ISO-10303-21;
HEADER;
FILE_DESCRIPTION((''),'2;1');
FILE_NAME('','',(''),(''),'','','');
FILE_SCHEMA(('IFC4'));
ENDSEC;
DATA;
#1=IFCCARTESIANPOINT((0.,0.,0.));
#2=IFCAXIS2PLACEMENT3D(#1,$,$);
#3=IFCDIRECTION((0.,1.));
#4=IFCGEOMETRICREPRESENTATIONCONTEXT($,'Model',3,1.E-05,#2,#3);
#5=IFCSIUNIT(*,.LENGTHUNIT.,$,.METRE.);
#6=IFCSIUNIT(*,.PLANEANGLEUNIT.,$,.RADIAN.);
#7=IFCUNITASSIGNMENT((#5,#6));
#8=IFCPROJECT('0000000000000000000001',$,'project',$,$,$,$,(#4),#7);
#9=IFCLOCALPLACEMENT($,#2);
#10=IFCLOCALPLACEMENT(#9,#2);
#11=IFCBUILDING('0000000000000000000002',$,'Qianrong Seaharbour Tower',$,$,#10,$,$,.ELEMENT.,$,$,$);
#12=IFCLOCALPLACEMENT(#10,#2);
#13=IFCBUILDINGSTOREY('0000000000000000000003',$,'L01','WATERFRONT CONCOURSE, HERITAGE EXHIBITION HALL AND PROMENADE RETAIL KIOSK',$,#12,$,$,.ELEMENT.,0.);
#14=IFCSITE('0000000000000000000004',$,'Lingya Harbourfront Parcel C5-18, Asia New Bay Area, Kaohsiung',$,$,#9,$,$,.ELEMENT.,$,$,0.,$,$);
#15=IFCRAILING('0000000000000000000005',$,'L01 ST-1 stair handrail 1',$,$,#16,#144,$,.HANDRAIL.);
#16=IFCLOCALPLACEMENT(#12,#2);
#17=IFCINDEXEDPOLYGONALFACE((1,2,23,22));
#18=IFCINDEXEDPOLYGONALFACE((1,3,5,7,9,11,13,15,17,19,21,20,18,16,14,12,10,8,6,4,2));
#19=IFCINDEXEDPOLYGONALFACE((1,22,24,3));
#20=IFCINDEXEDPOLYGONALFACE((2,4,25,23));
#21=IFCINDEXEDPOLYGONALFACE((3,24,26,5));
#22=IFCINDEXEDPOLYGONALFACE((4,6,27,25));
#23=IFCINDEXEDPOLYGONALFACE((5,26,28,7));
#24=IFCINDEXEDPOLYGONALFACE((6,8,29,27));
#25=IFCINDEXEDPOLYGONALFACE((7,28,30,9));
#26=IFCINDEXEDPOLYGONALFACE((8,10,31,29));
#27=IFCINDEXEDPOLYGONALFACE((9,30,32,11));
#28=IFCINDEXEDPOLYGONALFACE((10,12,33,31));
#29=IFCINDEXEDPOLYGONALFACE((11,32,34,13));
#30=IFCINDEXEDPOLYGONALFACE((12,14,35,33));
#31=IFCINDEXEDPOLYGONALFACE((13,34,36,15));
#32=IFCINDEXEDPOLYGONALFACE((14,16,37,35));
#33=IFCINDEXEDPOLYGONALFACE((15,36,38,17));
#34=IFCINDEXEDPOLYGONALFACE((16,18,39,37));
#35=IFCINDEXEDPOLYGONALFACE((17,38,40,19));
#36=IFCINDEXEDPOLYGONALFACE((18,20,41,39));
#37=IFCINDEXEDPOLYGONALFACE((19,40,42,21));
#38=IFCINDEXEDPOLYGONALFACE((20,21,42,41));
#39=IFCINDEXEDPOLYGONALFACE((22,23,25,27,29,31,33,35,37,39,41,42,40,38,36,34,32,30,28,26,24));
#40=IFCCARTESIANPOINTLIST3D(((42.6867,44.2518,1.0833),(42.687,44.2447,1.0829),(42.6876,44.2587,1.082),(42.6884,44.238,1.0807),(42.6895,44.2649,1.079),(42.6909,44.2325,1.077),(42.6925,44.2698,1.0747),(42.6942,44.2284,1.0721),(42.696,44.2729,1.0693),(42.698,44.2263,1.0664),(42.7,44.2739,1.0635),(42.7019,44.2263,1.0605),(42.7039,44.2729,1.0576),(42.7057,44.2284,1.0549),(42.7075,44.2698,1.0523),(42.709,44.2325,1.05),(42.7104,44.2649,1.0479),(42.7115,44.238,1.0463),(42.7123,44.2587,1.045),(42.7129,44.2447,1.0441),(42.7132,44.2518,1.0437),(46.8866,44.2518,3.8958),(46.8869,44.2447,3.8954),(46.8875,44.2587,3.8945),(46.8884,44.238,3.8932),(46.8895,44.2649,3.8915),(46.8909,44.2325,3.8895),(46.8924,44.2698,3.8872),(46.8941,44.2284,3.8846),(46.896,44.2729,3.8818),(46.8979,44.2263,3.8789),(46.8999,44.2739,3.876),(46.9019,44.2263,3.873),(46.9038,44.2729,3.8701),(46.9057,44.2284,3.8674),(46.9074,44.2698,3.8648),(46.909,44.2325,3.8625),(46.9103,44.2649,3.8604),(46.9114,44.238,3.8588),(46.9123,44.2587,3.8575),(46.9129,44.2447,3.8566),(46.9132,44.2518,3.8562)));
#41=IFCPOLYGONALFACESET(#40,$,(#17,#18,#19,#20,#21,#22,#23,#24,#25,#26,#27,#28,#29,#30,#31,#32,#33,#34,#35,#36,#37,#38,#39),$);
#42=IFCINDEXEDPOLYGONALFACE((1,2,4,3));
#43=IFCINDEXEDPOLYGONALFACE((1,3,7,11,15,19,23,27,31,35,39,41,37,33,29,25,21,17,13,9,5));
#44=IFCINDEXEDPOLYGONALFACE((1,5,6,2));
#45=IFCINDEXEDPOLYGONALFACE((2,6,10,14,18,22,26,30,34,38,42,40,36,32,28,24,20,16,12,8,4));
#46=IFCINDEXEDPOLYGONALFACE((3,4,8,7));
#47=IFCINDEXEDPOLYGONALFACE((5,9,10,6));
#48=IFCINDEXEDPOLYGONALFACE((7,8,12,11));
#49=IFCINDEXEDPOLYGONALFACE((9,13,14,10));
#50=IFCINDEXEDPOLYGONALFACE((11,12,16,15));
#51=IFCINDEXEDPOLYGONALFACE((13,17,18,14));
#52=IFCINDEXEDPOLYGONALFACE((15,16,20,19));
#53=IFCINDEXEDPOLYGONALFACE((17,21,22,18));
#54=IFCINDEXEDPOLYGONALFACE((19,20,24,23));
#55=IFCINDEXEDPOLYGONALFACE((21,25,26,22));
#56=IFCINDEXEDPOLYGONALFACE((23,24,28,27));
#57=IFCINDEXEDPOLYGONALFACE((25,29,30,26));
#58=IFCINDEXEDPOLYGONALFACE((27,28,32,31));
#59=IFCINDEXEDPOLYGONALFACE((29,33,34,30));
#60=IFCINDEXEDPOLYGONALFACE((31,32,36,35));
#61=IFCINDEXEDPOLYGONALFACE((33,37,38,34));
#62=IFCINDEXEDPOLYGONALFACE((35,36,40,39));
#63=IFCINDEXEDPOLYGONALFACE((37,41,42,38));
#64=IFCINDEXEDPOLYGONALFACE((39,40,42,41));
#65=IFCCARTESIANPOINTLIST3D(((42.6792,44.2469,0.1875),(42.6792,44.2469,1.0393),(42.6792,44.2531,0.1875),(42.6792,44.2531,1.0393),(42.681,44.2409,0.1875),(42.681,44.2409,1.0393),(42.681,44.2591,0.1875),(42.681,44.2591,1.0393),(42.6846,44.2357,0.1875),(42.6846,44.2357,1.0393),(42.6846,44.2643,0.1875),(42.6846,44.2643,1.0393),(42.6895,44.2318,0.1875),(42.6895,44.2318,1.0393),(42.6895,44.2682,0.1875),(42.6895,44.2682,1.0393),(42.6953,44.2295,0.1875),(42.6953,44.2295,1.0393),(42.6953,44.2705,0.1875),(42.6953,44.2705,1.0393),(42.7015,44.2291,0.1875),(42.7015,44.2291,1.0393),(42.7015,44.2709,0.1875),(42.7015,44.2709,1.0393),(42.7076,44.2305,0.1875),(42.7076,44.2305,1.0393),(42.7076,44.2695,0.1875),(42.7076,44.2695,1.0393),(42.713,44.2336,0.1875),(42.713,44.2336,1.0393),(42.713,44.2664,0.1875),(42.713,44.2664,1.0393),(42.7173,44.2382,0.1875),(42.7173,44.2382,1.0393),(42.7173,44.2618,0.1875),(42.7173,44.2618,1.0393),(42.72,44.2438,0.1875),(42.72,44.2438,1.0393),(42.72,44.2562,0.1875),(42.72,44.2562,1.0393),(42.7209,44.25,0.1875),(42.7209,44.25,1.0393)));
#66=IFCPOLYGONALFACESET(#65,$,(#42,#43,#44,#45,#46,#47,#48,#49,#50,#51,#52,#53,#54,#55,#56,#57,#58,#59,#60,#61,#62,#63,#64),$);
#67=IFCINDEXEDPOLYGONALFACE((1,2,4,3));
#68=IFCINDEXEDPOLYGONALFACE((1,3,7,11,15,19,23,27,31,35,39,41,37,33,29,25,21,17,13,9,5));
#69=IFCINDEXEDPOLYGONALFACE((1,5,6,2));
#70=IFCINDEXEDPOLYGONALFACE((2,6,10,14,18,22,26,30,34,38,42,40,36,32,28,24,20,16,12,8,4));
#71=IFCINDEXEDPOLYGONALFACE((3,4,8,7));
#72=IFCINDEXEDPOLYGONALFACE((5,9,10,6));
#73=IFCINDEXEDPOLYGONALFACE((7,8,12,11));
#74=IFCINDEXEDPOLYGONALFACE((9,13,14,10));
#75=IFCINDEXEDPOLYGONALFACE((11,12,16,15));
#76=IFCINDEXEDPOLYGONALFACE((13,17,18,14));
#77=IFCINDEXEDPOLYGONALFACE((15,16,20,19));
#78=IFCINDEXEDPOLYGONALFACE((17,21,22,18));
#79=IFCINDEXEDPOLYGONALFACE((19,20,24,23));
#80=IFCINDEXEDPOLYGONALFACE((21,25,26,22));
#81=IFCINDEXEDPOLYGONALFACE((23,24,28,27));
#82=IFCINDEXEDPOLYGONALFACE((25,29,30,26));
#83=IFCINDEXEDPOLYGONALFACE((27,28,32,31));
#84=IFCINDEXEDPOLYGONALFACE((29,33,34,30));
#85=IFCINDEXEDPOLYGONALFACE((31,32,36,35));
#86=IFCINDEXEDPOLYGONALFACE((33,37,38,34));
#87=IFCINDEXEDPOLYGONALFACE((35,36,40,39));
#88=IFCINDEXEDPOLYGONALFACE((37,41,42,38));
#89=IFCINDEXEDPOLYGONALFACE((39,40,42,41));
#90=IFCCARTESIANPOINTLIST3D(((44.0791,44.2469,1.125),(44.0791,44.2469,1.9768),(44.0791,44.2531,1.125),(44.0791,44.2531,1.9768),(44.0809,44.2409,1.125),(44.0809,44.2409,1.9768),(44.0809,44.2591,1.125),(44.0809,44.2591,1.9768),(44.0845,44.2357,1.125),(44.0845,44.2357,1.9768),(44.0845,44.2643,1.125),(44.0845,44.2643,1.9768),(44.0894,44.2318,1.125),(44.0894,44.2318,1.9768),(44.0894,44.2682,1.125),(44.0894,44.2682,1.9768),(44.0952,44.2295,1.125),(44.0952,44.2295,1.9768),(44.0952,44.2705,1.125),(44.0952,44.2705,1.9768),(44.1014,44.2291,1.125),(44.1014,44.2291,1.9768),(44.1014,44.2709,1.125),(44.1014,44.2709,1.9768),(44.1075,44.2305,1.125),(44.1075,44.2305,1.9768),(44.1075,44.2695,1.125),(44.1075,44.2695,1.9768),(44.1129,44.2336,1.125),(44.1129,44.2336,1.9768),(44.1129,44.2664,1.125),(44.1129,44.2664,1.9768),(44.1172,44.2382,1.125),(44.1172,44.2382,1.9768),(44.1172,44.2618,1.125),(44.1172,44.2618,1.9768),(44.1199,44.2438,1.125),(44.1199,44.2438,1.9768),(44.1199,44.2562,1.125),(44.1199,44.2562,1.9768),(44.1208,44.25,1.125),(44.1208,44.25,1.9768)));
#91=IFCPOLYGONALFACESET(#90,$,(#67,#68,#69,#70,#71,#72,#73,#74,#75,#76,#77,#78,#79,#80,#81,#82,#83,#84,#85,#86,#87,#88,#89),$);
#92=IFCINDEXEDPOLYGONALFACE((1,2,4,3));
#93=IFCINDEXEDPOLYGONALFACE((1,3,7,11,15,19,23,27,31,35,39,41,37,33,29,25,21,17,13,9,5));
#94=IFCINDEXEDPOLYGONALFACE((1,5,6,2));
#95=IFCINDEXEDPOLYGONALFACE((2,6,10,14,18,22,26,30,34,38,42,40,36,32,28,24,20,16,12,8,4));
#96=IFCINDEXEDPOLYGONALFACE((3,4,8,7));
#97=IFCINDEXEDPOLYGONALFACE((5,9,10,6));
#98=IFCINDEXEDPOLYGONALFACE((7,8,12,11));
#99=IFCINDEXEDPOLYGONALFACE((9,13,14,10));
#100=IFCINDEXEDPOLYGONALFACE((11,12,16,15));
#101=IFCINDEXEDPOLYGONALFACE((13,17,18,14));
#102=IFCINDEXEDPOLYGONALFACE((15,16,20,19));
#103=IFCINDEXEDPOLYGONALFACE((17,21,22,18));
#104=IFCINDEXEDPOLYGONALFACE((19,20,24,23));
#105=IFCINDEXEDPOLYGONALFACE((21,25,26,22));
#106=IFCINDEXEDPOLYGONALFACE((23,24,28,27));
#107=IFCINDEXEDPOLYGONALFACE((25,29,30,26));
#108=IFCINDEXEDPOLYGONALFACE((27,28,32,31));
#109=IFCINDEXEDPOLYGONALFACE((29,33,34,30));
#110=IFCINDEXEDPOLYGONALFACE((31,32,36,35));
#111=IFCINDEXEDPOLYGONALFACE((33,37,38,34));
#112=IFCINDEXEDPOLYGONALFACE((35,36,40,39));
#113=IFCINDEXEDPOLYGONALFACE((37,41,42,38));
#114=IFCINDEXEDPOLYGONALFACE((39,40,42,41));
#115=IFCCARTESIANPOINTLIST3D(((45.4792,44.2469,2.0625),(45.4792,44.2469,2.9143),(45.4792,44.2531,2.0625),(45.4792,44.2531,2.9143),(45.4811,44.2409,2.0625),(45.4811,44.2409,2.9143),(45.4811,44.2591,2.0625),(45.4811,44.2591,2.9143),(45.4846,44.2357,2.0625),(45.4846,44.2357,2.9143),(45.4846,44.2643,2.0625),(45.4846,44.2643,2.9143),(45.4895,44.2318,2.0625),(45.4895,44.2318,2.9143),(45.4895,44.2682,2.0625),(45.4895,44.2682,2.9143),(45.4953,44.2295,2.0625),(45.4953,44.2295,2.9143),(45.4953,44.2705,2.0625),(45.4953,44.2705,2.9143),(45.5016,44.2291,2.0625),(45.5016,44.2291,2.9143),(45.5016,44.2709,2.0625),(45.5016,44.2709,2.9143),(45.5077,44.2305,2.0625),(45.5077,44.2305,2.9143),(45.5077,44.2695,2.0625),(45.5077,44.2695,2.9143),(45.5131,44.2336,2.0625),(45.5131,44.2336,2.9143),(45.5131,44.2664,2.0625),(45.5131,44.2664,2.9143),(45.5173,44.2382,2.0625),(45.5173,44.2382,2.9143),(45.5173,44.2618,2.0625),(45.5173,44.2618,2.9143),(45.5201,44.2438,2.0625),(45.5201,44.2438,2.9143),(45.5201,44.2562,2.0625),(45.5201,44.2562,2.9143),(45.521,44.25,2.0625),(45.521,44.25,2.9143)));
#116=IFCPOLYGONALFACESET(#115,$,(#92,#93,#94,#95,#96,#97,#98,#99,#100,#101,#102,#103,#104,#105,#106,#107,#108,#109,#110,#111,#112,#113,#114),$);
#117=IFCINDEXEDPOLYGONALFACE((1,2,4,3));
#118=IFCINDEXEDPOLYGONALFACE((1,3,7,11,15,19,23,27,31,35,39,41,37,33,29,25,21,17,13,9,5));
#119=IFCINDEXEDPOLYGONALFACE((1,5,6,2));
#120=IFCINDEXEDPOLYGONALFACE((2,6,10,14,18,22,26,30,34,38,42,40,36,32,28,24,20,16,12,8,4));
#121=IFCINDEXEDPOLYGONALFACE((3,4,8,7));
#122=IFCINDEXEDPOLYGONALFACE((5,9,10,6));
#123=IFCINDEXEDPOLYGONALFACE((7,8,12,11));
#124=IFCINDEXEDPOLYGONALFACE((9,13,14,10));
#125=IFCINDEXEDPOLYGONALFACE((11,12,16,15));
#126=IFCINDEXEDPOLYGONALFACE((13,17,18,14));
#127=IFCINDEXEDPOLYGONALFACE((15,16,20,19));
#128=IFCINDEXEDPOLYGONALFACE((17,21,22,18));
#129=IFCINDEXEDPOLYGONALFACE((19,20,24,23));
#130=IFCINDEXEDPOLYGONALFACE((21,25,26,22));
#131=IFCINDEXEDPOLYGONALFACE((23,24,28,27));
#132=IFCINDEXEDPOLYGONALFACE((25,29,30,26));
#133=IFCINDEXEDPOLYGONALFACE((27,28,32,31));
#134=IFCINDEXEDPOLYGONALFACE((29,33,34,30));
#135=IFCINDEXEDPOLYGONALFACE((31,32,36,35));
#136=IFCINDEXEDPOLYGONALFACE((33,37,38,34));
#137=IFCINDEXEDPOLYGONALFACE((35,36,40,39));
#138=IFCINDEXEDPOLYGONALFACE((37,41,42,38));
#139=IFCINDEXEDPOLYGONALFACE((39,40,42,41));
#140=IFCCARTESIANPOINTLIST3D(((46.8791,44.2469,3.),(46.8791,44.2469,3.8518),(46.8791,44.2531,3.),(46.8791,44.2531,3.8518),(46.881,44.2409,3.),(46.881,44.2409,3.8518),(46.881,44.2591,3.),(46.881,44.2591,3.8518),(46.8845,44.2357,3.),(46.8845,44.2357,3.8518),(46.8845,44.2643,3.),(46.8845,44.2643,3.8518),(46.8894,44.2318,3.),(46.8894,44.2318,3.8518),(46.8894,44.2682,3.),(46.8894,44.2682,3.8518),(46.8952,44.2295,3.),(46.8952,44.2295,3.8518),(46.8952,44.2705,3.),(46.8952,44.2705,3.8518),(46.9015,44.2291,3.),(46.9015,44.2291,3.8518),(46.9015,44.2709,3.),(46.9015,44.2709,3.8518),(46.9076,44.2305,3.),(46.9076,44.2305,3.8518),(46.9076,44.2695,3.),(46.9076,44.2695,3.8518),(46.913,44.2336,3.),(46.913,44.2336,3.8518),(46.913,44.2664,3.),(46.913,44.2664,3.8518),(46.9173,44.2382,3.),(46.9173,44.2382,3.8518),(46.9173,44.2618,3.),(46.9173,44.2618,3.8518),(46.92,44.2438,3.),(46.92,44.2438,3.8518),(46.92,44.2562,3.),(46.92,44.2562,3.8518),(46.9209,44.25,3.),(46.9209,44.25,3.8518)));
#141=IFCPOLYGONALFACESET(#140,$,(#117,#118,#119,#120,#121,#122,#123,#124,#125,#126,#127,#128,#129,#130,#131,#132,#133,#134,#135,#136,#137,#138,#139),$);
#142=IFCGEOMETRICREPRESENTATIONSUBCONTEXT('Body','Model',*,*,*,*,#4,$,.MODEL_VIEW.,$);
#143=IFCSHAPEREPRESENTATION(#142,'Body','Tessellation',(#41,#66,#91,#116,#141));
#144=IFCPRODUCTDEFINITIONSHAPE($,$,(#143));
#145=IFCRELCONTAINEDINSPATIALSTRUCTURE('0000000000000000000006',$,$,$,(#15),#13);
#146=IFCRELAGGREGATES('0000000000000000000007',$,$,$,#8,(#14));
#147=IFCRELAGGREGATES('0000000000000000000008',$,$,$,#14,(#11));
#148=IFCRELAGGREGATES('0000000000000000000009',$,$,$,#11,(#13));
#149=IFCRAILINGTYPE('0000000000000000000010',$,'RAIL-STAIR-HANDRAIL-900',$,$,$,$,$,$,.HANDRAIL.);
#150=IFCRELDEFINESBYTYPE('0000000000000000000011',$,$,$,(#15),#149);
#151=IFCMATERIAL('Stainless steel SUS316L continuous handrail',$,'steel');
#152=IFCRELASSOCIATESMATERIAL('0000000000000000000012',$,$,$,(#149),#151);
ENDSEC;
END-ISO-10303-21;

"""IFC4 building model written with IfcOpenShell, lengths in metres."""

from ifc_helpers import new_model, si_unit, direction, frame, origin, origin_2d, place, context, subcontext, project, spatial, circle, extrude, material, type_object, element, save


model = new_model("IFC4")

# Units and contexts
model_context = context("Model", 3, precision=1e-05, world=origin(), true_north=direction((0.0, 1.0)))
body_context = subcontext(model_context, "Body", "Model", "MODEL_VIEW")
ifc_project = project(units=[si_unit("LENGTHUNIT", "METRE"), si_unit("PLANEANGLEUNIT", "RADIAN")], contexts=[model_context])

# Site, building, storey
site_placement = place(None, origin())
site = spatial("IfcSite", under=ifc_project, at=site_placement, Name="Lingya Harbourfront Parcel C5-18, Asia New Bay Area, Kaohsiung", CompositionType="ELEMENT", RefElevation=0.0)
building_placement = place(site_placement, origin())
building = spatial("IfcBuilding", under=site, at=building_placement, Name="Qianrong Seaharbour Tower", CompositionType="ELEMENT")
storey_placement = place(building_placement, origin())
storey = spatial("IfcBuildingStorey", under=building, at=storey_placement, Name="L01", Description="WATERFRONT CONCOURSE, HERITAGE EXHIBITION HALL AND PROMENADE RETAIL KIOSK", CompositionType="ELEMENT", Elevation=0.0)

# Railing
ifc_material_1 = material(Name="Stainless steel SUS316L continuous handrail", Category="steel")
railing_type_1 = type_object("IfcRailingType", Name="RAIL-STAIR-HANDRAIL-900", PredefinedType="HANDRAIL", material=ifc_material_1)
railing_1_placement = place(storey_placement, frame((42.7, 44.25, 0.1875)))
element("IfcRailing", 1, at=railing_1_placement, inside=storey, type_object=railing_type_1, Name="L01 ST-1 stair handrail 1", PredefinedType="HANDRAIL", context=body_context, shape_type="SweptSolid", body=[
    extrude(circle(Radius=0.0239, at=origin_2d()), frame((0.0, 0.0, 0.876), z_axis=(0.830904, 0.0, 0.556416), x_axis=(0.0, 1.0, 0.0)), (0.0, 0.0, 1.0), 5.0547),
    extrude(circle(Radius=0.021, at=origin_2d()), origin(), (0.0, 0.0, 1.0), 0.8518),
    extrude(circle(Radius=0.021, at=origin_2d()), frame((1.3999, 0.0, 0.9375)), (0.0, 0.0, 1.0), 0.8518),
    extrude(circle(Radius=0.021, at=origin_2d()), frame((2.8, 0.0, 1.875)), (0.0, 0.0, 1.0), 0.8518),
    extrude(circle(Radius=0.021, at=origin_2d()), frame((4.2, 0.0, 2.8125)), (0.0, 0.0, 1.0), 0.8518),
])

save(model, "model.ifc")
